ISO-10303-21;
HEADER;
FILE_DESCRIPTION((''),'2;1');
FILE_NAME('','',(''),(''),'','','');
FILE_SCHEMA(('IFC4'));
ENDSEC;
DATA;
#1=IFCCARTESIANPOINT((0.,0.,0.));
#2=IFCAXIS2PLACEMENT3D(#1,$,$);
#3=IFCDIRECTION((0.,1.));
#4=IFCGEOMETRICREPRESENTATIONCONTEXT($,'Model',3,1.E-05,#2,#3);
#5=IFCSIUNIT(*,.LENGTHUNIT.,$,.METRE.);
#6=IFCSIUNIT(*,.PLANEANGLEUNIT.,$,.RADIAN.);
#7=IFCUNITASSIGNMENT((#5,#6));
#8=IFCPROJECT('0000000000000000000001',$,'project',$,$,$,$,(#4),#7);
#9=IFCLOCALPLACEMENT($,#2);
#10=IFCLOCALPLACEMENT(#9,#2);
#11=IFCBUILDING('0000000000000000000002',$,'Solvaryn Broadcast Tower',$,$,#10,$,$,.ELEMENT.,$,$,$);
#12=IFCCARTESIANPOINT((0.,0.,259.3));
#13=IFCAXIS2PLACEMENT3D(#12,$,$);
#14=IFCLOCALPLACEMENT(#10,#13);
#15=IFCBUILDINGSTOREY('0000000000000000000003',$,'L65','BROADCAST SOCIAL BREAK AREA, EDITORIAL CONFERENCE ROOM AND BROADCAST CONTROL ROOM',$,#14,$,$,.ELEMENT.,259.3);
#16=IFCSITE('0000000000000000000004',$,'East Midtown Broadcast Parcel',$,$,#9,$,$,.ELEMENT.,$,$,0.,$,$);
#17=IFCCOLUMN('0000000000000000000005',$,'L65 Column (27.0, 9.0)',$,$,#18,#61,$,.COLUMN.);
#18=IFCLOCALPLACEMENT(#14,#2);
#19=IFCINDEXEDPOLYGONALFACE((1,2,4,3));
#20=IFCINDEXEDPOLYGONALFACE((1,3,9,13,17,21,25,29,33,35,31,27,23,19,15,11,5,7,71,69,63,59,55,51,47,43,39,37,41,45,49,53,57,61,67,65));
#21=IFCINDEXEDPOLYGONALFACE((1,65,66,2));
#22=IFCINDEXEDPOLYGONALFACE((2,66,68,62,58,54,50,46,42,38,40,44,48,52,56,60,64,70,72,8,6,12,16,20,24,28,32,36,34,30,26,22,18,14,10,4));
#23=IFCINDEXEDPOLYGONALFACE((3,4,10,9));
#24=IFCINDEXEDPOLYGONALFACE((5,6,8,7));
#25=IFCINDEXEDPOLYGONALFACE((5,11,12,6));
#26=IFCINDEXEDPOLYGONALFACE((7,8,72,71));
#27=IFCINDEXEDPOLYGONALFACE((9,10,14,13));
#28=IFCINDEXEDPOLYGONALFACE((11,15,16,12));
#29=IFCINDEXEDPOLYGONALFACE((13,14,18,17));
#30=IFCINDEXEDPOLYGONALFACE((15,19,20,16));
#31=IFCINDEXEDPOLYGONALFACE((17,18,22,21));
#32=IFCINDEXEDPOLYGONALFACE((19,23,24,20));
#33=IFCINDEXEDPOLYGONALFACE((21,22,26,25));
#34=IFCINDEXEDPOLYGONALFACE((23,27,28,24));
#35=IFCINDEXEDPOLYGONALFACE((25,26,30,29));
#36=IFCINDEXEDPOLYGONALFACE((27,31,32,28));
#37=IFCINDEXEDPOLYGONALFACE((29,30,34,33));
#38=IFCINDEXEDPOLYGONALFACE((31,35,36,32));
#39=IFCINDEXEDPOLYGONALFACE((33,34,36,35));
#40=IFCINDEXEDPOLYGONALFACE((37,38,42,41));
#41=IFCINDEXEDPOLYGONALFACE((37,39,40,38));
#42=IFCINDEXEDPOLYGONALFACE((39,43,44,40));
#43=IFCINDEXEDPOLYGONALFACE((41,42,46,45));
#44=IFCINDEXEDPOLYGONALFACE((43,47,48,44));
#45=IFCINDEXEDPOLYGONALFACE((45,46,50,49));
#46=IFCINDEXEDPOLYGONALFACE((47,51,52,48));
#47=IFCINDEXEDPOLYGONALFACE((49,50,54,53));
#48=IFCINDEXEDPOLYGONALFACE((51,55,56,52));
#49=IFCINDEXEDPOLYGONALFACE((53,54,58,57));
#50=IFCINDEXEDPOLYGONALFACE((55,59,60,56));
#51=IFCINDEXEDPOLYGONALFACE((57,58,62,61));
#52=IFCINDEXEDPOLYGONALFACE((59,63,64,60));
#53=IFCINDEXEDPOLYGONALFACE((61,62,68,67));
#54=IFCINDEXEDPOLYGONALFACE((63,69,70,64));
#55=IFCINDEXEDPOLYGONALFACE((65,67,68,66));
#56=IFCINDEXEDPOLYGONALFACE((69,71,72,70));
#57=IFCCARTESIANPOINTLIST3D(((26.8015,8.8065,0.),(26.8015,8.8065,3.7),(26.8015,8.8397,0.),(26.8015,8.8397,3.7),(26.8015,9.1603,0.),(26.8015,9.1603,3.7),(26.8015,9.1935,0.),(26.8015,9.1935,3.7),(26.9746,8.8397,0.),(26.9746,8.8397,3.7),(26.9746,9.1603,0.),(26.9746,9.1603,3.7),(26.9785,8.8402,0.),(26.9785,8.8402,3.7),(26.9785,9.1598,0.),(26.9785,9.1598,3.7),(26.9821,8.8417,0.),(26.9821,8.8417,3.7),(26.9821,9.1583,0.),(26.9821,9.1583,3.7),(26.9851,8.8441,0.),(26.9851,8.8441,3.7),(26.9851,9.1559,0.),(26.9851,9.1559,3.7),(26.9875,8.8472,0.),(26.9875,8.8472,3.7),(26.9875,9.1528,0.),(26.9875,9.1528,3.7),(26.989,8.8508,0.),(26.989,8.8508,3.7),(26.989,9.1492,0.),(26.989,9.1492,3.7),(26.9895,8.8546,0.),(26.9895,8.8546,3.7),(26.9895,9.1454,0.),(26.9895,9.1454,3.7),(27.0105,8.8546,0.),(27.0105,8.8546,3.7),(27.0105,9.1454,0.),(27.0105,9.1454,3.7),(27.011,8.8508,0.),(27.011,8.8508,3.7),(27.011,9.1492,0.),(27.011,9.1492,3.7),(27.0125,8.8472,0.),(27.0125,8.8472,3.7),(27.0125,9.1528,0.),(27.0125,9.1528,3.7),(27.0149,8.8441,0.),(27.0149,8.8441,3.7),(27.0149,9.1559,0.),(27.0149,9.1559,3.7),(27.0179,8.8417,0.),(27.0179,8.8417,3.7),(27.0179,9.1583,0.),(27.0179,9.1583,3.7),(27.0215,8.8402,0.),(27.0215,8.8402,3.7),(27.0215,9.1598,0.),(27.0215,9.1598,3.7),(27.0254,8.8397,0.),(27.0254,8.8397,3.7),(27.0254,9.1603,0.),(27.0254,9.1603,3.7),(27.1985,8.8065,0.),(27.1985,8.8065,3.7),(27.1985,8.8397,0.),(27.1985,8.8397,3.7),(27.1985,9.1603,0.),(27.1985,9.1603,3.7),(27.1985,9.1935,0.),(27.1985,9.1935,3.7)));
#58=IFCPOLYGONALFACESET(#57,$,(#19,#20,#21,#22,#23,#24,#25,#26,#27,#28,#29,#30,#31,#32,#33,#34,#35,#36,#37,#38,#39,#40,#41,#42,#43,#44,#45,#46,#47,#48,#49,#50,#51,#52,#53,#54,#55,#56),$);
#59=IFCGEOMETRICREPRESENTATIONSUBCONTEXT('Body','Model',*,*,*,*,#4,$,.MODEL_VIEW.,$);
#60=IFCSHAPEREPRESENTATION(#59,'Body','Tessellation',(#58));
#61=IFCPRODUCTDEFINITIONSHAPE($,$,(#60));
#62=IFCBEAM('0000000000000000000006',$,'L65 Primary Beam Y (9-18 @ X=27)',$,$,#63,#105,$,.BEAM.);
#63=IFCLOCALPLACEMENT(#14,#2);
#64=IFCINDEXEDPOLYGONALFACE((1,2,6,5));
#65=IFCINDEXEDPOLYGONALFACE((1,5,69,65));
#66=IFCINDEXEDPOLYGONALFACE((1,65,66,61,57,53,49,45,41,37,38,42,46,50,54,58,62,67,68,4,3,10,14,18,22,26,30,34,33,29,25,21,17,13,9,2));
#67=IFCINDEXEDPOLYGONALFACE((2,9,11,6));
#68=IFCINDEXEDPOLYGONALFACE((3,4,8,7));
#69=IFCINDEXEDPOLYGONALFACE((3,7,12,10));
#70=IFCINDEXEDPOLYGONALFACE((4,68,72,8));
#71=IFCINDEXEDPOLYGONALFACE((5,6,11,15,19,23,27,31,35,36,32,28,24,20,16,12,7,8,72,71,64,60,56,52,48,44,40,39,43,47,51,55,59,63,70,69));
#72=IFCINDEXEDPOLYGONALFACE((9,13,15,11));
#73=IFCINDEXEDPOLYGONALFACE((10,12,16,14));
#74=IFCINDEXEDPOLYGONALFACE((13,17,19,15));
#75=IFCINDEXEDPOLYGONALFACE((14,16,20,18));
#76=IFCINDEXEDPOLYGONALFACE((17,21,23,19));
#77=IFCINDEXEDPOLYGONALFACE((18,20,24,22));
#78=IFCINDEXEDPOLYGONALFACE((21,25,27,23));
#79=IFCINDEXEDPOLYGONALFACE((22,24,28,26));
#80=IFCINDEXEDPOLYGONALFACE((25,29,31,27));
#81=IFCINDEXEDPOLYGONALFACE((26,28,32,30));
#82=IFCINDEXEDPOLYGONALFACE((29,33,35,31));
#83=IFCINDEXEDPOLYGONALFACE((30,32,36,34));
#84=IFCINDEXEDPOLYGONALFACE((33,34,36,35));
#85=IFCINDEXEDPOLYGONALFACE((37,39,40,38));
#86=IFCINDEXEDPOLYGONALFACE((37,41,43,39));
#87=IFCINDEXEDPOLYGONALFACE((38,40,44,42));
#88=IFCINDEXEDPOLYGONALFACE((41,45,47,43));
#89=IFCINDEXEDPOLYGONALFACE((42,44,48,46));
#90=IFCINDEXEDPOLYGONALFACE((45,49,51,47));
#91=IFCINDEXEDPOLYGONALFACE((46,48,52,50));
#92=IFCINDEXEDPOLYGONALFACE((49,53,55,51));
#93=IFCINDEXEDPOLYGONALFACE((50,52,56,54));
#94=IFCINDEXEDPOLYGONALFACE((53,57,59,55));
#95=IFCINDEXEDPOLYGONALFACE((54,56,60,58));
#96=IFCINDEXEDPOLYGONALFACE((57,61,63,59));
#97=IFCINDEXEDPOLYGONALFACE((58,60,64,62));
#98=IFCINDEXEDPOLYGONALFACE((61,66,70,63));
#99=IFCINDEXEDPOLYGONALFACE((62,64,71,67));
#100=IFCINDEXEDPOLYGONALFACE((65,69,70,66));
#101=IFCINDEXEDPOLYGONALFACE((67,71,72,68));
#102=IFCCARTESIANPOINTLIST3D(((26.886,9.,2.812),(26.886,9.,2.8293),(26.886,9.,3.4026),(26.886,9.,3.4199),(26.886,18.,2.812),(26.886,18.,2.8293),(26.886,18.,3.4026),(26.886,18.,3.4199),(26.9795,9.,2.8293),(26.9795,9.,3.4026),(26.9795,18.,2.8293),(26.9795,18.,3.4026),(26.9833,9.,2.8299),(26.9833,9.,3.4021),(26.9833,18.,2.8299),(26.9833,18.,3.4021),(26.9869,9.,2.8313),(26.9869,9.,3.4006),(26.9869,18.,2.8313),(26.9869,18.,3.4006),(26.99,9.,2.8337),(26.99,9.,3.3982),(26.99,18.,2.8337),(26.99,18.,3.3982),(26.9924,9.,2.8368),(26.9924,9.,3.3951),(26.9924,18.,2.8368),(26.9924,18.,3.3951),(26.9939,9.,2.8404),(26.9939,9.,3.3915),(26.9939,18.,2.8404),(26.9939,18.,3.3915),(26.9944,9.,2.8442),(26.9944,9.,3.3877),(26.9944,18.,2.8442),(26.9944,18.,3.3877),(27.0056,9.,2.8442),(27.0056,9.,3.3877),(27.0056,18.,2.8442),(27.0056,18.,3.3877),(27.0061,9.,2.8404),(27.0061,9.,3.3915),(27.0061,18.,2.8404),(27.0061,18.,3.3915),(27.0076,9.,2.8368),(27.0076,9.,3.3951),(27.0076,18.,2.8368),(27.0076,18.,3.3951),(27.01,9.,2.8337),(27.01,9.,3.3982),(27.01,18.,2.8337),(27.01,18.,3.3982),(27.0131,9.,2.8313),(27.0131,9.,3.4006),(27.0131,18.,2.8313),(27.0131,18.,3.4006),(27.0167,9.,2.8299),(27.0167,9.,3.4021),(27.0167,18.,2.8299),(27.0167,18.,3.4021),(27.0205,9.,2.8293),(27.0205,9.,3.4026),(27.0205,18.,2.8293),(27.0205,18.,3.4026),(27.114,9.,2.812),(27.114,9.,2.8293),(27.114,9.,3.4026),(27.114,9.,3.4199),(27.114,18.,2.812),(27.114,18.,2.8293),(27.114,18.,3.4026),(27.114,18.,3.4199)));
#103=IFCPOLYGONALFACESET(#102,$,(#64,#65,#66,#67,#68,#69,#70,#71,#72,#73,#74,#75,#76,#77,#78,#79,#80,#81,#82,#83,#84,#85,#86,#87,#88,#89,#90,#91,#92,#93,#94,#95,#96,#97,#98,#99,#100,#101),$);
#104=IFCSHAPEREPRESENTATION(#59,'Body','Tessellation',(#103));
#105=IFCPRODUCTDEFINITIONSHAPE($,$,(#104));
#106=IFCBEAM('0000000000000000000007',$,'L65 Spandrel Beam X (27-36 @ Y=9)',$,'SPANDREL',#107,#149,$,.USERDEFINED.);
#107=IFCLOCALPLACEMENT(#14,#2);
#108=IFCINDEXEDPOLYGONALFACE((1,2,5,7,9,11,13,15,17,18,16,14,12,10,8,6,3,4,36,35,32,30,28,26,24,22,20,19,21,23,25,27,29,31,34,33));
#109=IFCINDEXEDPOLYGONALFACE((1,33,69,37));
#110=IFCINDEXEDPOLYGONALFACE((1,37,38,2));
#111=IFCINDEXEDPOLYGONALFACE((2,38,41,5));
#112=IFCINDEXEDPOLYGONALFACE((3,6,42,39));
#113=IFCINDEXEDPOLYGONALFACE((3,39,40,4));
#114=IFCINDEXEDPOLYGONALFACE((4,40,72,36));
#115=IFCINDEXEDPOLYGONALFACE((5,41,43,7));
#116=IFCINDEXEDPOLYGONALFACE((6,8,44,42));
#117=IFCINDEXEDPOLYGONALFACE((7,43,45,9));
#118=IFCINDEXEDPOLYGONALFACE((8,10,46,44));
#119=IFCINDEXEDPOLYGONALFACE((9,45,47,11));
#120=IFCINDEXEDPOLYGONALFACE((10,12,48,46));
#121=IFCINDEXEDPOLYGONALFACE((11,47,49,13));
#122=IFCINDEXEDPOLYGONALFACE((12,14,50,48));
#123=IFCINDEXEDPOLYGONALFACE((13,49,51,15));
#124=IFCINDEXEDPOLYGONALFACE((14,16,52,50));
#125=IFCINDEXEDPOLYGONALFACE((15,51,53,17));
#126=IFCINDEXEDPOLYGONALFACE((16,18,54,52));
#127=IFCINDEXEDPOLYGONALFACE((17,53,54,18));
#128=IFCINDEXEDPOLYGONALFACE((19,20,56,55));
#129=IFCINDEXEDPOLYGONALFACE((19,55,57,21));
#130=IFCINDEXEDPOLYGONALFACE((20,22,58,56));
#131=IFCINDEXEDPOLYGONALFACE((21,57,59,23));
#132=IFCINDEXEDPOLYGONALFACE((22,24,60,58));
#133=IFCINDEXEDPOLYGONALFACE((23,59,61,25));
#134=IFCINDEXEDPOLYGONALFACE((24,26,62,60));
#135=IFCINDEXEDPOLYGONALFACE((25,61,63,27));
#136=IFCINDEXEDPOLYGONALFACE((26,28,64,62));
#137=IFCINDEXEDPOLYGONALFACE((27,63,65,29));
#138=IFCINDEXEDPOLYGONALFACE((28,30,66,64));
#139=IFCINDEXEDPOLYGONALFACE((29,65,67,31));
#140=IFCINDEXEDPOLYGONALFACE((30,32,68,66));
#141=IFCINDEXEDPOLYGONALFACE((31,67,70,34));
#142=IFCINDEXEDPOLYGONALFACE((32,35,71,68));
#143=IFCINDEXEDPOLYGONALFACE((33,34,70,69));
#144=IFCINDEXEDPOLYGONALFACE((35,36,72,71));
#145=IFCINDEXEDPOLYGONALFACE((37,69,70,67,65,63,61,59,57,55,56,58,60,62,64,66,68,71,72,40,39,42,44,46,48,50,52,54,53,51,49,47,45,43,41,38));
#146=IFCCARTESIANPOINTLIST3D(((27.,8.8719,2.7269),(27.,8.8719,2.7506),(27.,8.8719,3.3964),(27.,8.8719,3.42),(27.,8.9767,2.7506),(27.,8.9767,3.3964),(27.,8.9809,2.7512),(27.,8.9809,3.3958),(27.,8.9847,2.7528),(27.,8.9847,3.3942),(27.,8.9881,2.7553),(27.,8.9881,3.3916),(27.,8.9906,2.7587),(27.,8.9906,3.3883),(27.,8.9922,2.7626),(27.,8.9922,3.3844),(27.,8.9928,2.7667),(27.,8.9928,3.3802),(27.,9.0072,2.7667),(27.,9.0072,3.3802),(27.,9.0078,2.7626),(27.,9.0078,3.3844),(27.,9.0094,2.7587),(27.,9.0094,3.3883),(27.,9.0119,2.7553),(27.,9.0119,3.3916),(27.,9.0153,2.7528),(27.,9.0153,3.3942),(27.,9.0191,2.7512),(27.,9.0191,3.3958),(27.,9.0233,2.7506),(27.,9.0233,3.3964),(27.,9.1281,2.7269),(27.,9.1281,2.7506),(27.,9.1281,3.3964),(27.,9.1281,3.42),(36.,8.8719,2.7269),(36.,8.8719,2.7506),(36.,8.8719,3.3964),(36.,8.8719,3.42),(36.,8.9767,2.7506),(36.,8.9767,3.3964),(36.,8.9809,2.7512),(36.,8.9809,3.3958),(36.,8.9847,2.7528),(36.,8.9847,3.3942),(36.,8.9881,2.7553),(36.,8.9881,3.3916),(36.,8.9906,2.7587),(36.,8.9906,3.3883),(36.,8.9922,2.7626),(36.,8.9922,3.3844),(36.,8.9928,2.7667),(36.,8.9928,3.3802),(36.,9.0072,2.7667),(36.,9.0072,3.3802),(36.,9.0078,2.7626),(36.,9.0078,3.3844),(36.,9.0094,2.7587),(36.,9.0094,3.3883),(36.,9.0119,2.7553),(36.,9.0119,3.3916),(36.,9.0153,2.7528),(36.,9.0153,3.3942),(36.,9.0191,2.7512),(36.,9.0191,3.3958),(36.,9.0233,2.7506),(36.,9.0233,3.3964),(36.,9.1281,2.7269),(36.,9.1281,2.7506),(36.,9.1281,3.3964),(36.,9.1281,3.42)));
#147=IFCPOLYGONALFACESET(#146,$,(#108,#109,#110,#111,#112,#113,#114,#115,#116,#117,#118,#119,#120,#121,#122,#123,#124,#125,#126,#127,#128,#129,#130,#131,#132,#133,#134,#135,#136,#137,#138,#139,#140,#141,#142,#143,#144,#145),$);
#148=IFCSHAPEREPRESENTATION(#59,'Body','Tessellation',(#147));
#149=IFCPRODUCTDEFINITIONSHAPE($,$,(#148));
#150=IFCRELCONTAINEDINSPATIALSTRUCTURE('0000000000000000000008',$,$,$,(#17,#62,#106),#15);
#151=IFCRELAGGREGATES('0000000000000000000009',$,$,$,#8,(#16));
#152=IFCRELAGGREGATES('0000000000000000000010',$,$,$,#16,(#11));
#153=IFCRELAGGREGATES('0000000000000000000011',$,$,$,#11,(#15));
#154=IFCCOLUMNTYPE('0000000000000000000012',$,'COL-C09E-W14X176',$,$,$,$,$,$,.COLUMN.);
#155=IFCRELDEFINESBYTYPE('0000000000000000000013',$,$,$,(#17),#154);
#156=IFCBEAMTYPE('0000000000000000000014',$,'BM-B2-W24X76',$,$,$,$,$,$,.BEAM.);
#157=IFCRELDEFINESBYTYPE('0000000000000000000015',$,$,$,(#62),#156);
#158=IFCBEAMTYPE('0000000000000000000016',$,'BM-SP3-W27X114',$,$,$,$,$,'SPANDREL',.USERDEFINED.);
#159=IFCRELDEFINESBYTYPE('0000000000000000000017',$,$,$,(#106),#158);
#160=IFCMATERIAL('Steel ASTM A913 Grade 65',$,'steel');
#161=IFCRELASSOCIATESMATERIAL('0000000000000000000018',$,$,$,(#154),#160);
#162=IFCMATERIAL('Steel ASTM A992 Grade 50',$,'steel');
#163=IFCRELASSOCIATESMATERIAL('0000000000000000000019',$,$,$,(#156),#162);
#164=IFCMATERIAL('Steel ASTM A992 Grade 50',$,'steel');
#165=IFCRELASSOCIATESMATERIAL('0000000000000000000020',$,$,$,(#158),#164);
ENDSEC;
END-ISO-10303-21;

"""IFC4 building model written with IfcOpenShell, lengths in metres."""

from ifc_helpers import new_model, si_unit, direction, frame, origin, origin_2d, place, context, subcontext, project, spatial, i_section, extrude, material, material_profile, profile_set, type_object, element, save


model = new_model("IFC4")

# Units and contexts
model_context = context("Model", 3, precision=1e-05, world=origin(), true_north=direction((0.0, 1.0)))
body_context = subcontext(model_context, "Body", "Model", "MODEL_VIEW")
ifc_project = project(units=[si_unit("LENGTHUNIT", "METRE"), si_unit("PLANEANGLEUNIT", "RADIAN")], contexts=[model_context])

# Site, building, storey
site_placement = place(None, origin())
site = spatial("IfcSite", under=ifc_project, at=site_placement, Name="East Midtown Broadcast Parcel", CompositionType="ELEMENT", RefElevation=0.0)
building_placement = place(site_placement, origin())
building = spatial("IfcBuilding", under=site, at=building_placement, Name="Solvaryn Broadcast Tower", CompositionType="ELEMENT")
storey_placement = place(building_placement, frame((0.0, 0.0, 259.3)))
storey = spatial("IfcBuildingStorey", under=building, at=storey_placement, Name="L65", Description="BROADCAST SOCIAL BREAK AREA, EDITORIAL CONFERENCE ROOM AND BROADCAST CONTROL ROOM", CompositionType="ELEMENT", Elevation=259.3)

# Column
ifc_material_1 = material(Name="Steel ASTM A913 Grade 65", Category="steel")
ifc_material_profile_1 = material_profile(ifc_material_1, i_section(OverallWidth=0.397, OverallDepth=0.387, WebThickness=0.021, FlangeThickness=0.0332, FilletRadius=0.0149, at=origin_2d()))
ifc_profile_set_1 = profile_set([ifc_material_profile_1], Name="Steel ASTM A913 Grade 65")
column_type = type_object("IfcColumnType", Name="COL-C09E-W14X176", PredefinedType="COLUMN", material=ifc_profile_set_1)
column_placement = place(storey_placement, frame((27.0, 9.0, 0.0), z_axis=(0.0, 0.0, 1.0), x_axis=(1.0, 0.0, 0.0)))
element("IfcColumn", 1, at=column_placement, inside=storey, type_object=column_type, Name="L65 Column (27.0, 9.0)", PredefinedType="COLUMN", context=body_context, shape_type="SweptSolid", body=[
    extrude(i_section(OverallWidth=0.397, OverallDepth=0.387, WebThickness=0.021, FlangeThickness=0.0332, FilletRadius=0.0149, at=origin_2d()), origin(), (0.0, 0.0, 1.0), 3.7),
])

# Beams
ifc_material_2 = material(Name="Steel ASTM A992 Grade 50", Category="steel")
ifc_material_profile_2 = material_profile(ifc_material_2, i_section(OverallWidth=0.228, OverallDepth=0.6079, WebThickness=0.0112, FlangeThickness=0.0173, FilletRadius=0.0149, at=origin_2d()))
ifc_profile_set_2 = profile_set([ifc_material_profile_2], Name="Steel ASTM A992 Grade 50")
beam_type_1 = type_object("IfcBeamType", Name="BM-B2-W24X76", PredefinedType="BEAM", material=ifc_profile_set_2)
beam_1_placement = place(storey_placement, frame((27.0, 9.0, 3.116), z_axis=(0.0, 1.0, 0.0), x_axis=(-1.0, 0.0, 0.0)))
element("IfcBeam", 2, at=beam_1_placement, inside=storey, type_object=beam_type_1, Name="L65 Primary Beam Y (9-18 @ X=27)", PredefinedType="BEAM", context=body_context, shape_type="SweptSolid", body=[
    extrude(i_section(OverallWidth=0.228, OverallDepth=0.6079, WebThickness=0.0112, FlangeThickness=0.0173, FilletRadius=0.0149, at=origin_2d()), origin(), (0.0, 0.0, 1.0), 9.0),
])
ifc_material_3 = material(Name="Steel ASTM A992 Grade 50", Category="steel")
ifc_material_profile_3 = material_profile(ifc_material_3, i_section(OverallWidth=0.2561, OverallDepth=0.6931, WebThickness=0.0144, FlangeThickness=0.0237, FilletRadius=0.0161, at=origin_2d()))
ifc_profile_set_3 = profile_set([ifc_material_profile_3], Name="Steel ASTM A992 Grade 50")
beam_type_2 = type_object("IfcBeamType", Name="BM-SP3-W27X114", ElementType="SPANDREL", PredefinedType="USERDEFINED", material=ifc_profile_set_3)
beam_2_placement = place(storey_placement, frame((27.0, 9.0, 3.0735), z_axis=(1.0, 0.0, 0.0), x_axis=(0.0, 1.0, 0.0)))
element("IfcBeam", 3, at=beam_2_placement, inside=storey, type_object=beam_type_2, Name="L65 Spandrel Beam X (27-36 @ Y=9)", ObjectType="SPANDREL", PredefinedType="USERDEFINED", context=body_context, shape_type="SweptSolid", body=[
    extrude(i_section(OverallWidth=0.2561, OverallDepth=0.6931, WebThickness=0.0144, FlangeThickness=0.0237, FilletRadius=0.0161, at=origin_2d()), origin(), (0.0, 0.0, 1.0), 9.0),
])

save(model, "model.ifc")
